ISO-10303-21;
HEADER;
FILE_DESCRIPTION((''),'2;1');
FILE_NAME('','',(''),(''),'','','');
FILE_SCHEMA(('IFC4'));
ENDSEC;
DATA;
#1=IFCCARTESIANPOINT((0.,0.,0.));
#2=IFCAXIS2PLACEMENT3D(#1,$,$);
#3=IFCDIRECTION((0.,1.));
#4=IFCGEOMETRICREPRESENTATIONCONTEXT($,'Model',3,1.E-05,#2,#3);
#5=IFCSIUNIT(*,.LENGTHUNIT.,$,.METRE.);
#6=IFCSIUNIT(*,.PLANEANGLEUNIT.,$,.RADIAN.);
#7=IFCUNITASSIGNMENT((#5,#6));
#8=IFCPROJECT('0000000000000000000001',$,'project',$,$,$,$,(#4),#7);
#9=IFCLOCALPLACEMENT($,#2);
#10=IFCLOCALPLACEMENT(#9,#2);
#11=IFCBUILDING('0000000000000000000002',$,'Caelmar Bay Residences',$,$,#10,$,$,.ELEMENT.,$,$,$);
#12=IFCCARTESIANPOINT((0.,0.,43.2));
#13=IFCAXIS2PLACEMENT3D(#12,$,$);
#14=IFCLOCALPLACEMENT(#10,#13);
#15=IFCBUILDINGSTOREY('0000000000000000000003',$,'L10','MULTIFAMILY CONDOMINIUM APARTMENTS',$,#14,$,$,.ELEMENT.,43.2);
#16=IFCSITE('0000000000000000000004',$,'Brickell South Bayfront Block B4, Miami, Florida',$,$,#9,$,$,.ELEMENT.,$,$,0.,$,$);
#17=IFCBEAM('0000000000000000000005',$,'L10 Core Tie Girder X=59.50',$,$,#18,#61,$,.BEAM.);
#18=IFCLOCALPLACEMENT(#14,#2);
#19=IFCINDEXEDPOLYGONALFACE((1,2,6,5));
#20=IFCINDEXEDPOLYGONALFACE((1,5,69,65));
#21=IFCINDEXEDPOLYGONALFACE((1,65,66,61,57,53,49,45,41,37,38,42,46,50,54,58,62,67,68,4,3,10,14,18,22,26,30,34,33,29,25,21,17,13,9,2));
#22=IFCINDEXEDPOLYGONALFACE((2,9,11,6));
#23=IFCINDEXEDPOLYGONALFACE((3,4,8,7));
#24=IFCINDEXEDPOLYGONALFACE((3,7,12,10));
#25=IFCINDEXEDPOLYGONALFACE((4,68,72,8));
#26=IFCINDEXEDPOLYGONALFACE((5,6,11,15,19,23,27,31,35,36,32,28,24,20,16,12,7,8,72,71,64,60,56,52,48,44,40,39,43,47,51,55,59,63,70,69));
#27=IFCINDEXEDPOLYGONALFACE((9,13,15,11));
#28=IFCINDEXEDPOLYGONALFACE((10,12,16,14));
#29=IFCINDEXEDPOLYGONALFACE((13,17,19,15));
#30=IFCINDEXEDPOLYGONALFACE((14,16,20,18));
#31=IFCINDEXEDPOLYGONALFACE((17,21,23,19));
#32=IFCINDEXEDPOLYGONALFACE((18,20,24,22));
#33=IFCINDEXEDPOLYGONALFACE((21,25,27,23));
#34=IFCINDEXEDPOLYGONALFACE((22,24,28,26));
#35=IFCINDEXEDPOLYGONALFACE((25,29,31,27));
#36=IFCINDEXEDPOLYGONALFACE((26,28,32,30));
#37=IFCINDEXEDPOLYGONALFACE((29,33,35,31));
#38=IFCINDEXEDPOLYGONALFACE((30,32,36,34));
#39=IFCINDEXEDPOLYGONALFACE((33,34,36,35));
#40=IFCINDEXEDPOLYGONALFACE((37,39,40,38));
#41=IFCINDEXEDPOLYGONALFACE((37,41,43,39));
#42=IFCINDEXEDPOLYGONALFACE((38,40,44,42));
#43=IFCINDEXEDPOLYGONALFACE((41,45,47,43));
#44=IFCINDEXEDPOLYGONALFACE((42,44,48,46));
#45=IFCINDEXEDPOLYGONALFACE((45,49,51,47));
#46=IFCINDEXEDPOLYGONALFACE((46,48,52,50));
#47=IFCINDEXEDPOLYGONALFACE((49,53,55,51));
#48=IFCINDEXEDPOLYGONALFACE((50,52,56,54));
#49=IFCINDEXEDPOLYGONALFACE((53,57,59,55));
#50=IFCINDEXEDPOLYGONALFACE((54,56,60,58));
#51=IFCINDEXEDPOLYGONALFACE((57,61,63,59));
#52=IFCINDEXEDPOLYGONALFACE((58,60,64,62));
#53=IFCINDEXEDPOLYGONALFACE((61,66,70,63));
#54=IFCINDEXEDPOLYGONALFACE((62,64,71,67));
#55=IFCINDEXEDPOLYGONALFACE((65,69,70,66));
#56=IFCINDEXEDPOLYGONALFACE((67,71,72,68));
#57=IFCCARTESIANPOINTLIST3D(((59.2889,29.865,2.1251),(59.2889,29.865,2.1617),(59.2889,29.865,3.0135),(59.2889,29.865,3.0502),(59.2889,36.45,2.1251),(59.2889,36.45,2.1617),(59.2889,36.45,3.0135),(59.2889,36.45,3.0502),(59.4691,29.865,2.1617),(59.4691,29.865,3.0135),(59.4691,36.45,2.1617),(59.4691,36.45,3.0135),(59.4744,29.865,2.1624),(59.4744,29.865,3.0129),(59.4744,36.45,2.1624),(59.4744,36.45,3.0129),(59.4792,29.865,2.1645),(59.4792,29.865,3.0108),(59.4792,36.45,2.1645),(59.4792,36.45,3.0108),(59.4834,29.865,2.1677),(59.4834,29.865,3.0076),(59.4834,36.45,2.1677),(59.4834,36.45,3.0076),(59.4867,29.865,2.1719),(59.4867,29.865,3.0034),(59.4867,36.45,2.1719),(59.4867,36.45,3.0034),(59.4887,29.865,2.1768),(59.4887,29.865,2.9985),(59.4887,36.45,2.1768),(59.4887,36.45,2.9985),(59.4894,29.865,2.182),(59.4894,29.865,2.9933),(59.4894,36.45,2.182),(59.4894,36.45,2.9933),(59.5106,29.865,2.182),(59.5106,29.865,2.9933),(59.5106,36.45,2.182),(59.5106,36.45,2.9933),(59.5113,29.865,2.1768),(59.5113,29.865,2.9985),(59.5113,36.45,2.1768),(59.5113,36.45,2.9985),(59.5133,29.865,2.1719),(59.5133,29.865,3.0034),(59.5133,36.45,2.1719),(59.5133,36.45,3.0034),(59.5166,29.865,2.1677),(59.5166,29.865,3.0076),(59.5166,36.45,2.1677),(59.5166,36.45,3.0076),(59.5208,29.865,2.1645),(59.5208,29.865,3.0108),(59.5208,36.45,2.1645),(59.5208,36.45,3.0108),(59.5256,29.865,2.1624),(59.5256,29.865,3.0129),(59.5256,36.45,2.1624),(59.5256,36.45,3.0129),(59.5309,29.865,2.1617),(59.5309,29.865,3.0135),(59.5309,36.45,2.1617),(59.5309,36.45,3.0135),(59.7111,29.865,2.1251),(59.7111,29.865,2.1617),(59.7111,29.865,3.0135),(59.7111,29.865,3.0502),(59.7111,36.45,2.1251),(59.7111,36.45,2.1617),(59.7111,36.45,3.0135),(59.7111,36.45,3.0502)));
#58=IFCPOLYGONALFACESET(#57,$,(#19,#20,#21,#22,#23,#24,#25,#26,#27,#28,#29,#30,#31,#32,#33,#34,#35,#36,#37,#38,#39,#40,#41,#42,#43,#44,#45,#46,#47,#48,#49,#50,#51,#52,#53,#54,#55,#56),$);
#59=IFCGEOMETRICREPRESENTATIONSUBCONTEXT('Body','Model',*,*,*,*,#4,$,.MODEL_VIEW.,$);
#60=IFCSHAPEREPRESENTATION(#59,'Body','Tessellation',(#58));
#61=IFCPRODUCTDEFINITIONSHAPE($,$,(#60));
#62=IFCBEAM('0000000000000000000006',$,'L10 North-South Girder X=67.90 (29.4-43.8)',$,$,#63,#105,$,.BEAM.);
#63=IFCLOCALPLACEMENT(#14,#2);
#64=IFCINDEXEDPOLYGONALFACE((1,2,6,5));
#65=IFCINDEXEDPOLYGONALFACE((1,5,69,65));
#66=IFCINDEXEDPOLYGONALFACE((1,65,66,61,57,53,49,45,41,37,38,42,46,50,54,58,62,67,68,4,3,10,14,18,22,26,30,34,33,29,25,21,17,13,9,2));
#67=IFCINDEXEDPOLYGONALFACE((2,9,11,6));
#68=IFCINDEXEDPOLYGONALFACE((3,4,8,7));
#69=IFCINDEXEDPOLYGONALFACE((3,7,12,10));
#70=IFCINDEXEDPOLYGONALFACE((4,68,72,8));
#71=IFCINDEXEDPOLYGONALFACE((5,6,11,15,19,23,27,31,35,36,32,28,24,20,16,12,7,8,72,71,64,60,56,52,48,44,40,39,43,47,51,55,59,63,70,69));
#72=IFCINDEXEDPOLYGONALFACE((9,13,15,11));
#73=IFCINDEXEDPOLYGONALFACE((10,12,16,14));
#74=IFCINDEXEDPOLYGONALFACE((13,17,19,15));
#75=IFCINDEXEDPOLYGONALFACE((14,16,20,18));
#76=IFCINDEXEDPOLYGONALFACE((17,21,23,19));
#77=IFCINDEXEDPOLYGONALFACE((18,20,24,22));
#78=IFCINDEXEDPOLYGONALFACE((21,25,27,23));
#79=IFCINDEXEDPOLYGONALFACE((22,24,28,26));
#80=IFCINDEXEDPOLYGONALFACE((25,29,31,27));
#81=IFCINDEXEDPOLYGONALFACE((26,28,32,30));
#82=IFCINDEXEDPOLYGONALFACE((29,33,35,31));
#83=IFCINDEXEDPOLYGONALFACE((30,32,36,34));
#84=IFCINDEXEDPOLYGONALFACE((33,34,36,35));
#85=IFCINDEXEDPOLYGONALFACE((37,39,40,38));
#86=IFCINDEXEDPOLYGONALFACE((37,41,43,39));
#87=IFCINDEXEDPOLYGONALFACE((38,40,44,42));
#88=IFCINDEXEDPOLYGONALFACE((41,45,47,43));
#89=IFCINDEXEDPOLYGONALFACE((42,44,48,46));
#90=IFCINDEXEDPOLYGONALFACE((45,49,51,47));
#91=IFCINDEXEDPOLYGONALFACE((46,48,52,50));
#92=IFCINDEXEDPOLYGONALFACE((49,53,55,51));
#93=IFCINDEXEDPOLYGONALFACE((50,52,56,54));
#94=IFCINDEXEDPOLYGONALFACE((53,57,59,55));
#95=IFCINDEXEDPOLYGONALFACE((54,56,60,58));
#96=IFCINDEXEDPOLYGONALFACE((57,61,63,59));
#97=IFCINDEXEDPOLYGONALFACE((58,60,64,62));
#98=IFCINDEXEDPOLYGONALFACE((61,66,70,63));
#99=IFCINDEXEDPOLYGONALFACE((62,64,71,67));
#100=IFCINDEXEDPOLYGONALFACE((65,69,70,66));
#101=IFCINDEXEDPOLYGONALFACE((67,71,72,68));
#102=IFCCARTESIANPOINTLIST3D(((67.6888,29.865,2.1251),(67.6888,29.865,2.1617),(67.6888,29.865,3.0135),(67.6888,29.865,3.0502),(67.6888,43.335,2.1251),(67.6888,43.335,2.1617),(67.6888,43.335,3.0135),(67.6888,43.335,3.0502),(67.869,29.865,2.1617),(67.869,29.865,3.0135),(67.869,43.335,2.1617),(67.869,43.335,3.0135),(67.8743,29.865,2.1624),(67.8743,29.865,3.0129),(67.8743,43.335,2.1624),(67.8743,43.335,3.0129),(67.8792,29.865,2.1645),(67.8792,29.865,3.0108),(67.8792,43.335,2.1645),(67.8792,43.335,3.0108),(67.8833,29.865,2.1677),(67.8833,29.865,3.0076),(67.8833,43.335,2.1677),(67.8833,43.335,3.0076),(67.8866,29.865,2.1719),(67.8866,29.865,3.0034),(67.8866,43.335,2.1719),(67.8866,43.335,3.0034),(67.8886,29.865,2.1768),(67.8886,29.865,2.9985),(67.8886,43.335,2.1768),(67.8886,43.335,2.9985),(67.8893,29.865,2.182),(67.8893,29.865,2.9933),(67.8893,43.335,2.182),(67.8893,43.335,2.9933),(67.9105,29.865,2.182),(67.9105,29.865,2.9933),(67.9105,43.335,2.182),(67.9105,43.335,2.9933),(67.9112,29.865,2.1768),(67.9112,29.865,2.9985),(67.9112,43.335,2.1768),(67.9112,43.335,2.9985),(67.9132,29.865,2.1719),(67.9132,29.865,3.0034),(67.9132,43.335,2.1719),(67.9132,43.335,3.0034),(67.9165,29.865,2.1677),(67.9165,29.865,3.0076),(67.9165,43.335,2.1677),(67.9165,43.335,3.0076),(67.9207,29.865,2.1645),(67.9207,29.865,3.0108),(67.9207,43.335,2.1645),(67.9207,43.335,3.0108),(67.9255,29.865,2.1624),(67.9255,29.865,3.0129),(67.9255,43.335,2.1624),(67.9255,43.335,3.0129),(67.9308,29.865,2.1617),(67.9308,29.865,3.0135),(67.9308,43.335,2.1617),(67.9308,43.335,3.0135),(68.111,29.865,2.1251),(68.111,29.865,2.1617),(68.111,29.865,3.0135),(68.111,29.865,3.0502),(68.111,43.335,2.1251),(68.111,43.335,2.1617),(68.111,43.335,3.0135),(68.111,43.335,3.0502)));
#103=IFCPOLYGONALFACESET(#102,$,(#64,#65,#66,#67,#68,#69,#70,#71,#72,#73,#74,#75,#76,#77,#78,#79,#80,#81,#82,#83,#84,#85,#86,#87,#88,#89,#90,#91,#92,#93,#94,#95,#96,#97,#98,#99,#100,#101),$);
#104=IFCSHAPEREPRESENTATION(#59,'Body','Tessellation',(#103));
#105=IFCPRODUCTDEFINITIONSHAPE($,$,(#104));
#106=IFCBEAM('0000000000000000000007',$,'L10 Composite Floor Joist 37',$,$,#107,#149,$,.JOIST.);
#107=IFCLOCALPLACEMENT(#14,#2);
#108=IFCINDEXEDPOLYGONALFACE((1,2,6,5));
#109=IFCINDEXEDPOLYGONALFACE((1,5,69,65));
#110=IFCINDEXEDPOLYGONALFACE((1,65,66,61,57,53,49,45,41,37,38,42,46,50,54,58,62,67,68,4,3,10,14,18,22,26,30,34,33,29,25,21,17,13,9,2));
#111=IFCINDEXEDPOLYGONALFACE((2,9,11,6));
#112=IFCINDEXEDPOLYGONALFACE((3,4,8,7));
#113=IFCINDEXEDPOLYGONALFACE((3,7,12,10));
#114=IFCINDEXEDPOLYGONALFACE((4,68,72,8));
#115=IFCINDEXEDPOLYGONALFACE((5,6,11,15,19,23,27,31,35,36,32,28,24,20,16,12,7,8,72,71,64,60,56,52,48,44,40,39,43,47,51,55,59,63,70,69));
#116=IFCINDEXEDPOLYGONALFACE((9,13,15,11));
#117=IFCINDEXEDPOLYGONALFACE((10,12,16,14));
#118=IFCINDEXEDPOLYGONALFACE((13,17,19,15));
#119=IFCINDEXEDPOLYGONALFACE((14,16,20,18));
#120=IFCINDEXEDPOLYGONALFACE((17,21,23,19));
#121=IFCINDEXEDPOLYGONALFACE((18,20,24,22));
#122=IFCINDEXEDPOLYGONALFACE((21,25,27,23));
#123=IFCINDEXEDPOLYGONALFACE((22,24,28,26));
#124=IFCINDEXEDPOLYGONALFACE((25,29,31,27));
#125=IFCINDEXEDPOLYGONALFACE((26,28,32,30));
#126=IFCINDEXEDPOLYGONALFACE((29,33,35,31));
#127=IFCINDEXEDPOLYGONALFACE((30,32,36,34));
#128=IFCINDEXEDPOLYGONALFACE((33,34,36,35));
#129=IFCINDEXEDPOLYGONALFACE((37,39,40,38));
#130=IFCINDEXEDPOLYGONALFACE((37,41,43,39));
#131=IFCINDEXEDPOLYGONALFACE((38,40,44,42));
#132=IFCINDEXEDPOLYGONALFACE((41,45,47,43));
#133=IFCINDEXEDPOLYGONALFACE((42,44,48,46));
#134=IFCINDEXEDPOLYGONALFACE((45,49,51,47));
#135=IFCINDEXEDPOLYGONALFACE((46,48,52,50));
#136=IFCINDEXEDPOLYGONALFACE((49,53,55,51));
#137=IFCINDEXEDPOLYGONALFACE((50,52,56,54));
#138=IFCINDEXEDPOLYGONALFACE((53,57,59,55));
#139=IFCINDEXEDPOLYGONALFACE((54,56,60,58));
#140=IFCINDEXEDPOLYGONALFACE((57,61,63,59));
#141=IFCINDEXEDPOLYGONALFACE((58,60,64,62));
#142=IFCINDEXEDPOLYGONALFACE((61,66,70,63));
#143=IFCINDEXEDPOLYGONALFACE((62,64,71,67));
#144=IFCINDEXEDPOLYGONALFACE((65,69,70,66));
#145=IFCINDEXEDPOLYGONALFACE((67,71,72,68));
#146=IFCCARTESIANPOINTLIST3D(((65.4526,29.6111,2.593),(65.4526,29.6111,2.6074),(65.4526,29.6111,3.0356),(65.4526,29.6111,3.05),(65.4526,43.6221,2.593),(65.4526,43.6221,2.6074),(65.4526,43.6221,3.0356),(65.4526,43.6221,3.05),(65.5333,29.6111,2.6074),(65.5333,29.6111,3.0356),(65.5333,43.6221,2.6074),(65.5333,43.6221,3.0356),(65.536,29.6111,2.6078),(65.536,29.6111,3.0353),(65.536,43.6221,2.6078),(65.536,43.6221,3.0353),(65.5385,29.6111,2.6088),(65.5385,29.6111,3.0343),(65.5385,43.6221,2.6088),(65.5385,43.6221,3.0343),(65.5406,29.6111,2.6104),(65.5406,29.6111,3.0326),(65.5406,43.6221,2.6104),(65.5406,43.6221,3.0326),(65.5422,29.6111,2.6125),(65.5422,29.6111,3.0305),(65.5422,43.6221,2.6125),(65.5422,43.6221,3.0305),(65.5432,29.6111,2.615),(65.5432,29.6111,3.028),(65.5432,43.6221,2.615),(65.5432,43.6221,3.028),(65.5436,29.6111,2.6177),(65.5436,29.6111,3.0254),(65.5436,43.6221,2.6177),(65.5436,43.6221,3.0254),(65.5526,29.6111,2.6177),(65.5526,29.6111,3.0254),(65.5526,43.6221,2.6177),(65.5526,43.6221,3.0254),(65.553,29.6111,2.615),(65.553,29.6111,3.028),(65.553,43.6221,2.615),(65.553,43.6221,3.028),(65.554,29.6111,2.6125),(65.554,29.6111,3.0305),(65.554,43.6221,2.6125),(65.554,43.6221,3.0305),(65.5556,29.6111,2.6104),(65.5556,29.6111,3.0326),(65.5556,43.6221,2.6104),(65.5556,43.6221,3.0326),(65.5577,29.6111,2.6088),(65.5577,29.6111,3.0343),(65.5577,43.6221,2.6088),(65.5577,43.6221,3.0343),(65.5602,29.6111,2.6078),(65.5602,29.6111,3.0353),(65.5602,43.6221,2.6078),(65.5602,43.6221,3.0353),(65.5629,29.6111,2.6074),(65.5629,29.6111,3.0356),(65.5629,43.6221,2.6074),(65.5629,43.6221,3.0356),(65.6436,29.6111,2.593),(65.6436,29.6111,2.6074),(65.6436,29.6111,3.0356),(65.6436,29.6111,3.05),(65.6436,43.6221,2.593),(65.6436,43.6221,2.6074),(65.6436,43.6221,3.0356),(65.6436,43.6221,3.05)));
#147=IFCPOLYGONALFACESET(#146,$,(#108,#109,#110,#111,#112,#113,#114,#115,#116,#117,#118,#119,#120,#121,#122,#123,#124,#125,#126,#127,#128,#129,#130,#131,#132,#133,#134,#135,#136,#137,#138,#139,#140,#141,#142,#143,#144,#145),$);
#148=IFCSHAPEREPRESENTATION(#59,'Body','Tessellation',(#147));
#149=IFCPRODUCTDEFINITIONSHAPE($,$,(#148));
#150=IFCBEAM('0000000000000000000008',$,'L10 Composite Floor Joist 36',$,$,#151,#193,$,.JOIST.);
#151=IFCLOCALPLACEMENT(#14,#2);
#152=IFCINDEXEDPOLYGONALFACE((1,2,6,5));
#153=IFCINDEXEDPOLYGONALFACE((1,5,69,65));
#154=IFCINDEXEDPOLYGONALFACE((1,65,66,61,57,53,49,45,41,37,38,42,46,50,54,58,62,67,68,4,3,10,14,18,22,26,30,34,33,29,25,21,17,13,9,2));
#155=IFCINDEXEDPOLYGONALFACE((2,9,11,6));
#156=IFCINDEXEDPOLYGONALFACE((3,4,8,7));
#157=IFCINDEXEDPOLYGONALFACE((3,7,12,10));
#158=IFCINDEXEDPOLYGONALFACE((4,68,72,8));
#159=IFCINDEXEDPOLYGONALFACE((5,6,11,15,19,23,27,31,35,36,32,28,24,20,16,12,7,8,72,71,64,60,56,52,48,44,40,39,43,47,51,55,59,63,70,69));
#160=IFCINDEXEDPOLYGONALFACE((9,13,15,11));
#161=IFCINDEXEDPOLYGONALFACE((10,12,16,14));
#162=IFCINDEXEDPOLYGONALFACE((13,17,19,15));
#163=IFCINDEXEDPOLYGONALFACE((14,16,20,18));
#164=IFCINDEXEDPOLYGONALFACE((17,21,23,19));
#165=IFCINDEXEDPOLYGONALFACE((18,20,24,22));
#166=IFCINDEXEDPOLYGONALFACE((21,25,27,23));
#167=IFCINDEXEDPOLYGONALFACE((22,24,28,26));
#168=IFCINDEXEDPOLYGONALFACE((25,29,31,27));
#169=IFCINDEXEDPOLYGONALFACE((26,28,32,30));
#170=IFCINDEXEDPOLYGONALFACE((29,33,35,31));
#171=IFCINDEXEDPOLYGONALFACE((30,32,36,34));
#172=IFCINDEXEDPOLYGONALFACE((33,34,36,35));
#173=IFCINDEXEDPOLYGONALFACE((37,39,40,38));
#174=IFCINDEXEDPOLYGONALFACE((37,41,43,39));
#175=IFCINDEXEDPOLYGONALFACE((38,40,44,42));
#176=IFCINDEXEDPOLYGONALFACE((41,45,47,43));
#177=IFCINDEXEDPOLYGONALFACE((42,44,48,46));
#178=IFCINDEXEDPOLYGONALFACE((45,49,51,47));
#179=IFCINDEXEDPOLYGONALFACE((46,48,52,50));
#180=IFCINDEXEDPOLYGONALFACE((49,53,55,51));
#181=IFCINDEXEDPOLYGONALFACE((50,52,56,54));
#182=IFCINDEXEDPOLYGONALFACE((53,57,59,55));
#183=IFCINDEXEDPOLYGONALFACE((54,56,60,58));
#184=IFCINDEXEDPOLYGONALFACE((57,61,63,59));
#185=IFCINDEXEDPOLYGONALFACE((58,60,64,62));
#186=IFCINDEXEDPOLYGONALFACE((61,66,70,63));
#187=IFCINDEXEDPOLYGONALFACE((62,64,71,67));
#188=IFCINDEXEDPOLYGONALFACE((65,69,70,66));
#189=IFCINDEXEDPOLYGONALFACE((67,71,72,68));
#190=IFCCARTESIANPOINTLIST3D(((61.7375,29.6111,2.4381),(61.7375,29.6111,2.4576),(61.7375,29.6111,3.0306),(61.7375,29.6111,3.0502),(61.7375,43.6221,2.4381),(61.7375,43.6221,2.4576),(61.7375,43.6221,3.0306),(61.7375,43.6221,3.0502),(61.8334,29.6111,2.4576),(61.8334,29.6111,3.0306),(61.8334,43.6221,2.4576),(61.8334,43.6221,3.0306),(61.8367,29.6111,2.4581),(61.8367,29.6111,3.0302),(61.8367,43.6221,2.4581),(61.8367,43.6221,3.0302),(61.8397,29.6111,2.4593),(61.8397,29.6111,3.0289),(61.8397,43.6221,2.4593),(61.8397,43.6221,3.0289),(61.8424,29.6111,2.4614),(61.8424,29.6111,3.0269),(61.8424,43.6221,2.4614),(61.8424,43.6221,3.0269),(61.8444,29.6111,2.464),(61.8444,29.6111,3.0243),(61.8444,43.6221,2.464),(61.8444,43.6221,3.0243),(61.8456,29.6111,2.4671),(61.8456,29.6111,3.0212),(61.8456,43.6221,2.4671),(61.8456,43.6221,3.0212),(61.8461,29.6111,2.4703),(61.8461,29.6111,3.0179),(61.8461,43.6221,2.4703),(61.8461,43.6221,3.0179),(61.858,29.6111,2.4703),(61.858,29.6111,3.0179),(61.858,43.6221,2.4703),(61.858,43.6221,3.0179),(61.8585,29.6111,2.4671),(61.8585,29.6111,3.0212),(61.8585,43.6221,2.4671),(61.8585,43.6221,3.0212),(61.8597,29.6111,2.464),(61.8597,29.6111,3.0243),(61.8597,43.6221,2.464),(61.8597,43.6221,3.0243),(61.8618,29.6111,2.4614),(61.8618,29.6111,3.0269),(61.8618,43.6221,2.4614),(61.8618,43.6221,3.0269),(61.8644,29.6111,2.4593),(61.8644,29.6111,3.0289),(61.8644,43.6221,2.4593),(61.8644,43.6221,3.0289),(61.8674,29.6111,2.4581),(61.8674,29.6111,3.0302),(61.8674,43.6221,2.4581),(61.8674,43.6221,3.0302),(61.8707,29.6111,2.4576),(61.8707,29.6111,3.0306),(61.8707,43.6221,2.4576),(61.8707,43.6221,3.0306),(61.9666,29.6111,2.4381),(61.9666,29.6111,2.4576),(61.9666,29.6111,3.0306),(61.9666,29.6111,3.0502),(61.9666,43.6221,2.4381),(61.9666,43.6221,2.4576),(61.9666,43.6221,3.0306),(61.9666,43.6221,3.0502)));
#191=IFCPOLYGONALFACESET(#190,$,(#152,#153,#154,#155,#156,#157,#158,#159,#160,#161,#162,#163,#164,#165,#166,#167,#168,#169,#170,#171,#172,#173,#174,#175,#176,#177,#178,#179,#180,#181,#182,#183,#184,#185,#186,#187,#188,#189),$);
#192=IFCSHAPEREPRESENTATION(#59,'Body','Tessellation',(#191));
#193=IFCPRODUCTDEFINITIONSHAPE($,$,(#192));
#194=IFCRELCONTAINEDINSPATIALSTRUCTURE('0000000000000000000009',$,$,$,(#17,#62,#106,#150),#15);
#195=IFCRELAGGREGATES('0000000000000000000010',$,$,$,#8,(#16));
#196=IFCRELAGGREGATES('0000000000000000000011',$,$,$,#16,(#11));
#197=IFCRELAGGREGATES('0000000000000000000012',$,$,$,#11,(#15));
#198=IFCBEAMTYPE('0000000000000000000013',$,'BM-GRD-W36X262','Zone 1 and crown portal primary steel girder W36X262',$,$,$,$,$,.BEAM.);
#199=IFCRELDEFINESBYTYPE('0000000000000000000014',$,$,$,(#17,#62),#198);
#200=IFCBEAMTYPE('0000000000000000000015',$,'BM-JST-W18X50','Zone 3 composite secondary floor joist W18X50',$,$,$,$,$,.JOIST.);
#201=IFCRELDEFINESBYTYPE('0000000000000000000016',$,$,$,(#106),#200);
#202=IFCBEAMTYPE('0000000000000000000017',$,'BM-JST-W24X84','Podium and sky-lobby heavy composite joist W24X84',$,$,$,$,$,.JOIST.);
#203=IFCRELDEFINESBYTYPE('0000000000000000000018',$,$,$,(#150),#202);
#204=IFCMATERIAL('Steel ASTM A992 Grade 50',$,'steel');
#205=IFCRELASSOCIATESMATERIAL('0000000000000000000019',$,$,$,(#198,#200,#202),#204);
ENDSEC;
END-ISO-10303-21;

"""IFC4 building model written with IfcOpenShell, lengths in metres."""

from ifc_helpers import new_model, si_unit, direction, frame, origin, origin_2d, place, context, subcontext, project, spatial, i_section, extrude, material, material_profile, profile_set, type_object, element, save


model = new_model("IFC4")

# Units and contexts
model_context = context("Model", 3, precision=1e-05, world=origin(), true_north=direction((0.0, 1.0)))
body_context = subcontext(model_context, "Body", "Model", "MODEL_VIEW")
ifc_project = project(units=[si_unit("LENGTHUNIT", "METRE"), si_unit("PLANEANGLEUNIT", "RADIAN")], contexts=[model_context])

# Site, building, storey
site_placement = place(None, origin())
site = spatial("IfcSite", under=ifc_project, at=site_placement, Name="Brickell South Bayfront Block B4, Miami, Florida", CompositionType="ELEMENT", RefElevation=0.0)
building_placement = place(site_placement, origin())
building = spatial("IfcBuilding", under=site, at=building_placement, Name="Caelmar Bay Residences", CompositionType="ELEMENT")
storey_placement = place(building_placement, frame((0.0, 0.0, 43.2)))
storey = spatial("IfcBuildingStorey", under=building, at=storey_placement, Name="L10", Description="MULTIFAMILY CONDOMINIUM APARTMENTS", CompositionType="ELEMENT", Elevation=43.2)

# Beams
ifc_material_1 = material(Name="Steel ASTM A992 Grade 50", Category="steel")
ifc_material_profile_1 = material_profile(ifc_material_1, i_section(OverallWidth=0.4221, OverallDepth=0.925, WebThickness=0.0212, FlangeThickness=0.0366, FilletRadius=0.0203, at=origin_2d()), Name="W36X262")
ifc_profile_set_1 = profile_set([ifc_material_profile_1], Name="Steel ASTM A992 Grade 50")
beam_type_1 = type_object("IfcBeamType", Name="BM-GRD-W36X262", Description="Zone 1 and crown portal primary steel girder W36X262", PredefinedType="BEAM", material=ifc_profile_set_1)
beam_1_placement = place(storey_placement, frame((59.5, 29.865, 2.5876), z_axis=(0.0, 1.0, 0.0), x_axis=(-1.0, 0.0, 0.0)))
element("IfcBeam", 1, at=beam_1_placement, inside=storey, type_object=beam_type_1, Name="L10 Core Tie Girder X=59.50", PredefinedType="BEAM", context=body_context, shape_type="SweptSolid", body=[
    extrude(i_section(OverallWidth=0.4221, OverallDepth=0.925, WebThickness=0.0212, FlangeThickness=0.0366, FilletRadius=0.0203, at=origin_2d()), origin(), (0.0, 0.0, 1.0), 6.585),
])
beam_2_placement = place(storey_placement, frame((67.8999, 29.865, 2.5876), z_axis=(0.0, 1.0, 0.0), x_axis=(-1.0, 0.0, 0.0)))
element("IfcBeam", 2, at=beam_2_placement, inside=storey, type_object=beam_type_1, Name="L10 North-South Girder X=67.90 (29.4-43.8)", PredefinedType="BEAM", context=body_context, shape_type="SweptSolid", body=[
    extrude(i_section(OverallWidth=0.4221, OverallDepth=0.925, WebThickness=0.0212, FlangeThickness=0.0366, FilletRadius=0.0203, at=origin_2d()), origin(), (0.0, 0.0, 1.0), 13.47),
])
ifc_material_profile_2 = material_profile(ifc_material_1, i_section(OverallWidth=0.1909, OverallDepth=0.457, WebThickness=0.009, FlangeThickness=0.0144, FilletRadius=0.0103, at=origin_2d()), Name="W18X50")
ifc_profile_set_2 = profile_set([ifc_material_profile_2], Name="Steel ASTM A992 Grade 50")
beam_type_2 = type_object("IfcBeamType", Name="BM-JST-W18X50", Description="Zone 3 composite secondary floor joist W18X50", PredefinedType="JOIST", material=ifc_profile_set_2)
beam_3_placement = place(storey_placement, frame((65.5481, 29.6111, 2.8215), z_axis=(0.0, 1.0, 0.0), x_axis=(-1.0, 0.0, 0.0)))
element("IfcBeam", 3, at=beam_3_placement, inside=storey, type_object=beam_type_2, Name="L10 Composite Floor Joist 37", PredefinedType="JOIST", context=body_context, shape_type="SweptSolid", body=[
    extrude(i_section(OverallWidth=0.1909, OverallDepth=0.457, WebThickness=0.009, FlangeThickness=0.0144, FilletRadius=0.0103, at=origin_2d()), origin(), (0.0, 0.0, 1.0), 14.011),
])
ifc_material_profile_3 = material_profile(ifc_material_1, i_section(OverallWidth=0.229, OverallDepth=0.6121, WebThickness=0.012, FlangeThickness=0.0195, FilletRadius=0.0127, at=origin_2d()), Name="W24X84")
ifc_profile_set_3 = profile_set([ifc_material_profile_3], Name="Steel ASTM A992 Grade 50")
beam_type_3 = type_object("IfcBeamType", Name="BM-JST-W24X84", Description="Podium and sky-lobby heavy composite joist W24X84", PredefinedType="JOIST", material=ifc_profile_set_3)
beam_4_placement = place(storey_placement, frame((61.8521, 29.6111, 2.7441), z_axis=(0.0, 1.0, 0.0), x_axis=(-1.0, 0.0, 0.0)))
element("IfcBeam", 4, at=beam_4_placement, inside=storey, type_object=beam_type_3, Name="L10 Composite Floor Joist 36", PredefinedType="JOIST", context=body_context, shape_type="SweptSolid", body=[
    extrude(i_section(OverallWidth=0.229, OverallDepth=0.6121, WebThickness=0.012, FlangeThickness=0.0195, FilletRadius=0.0127, at=origin_2d()), origin(), (0.0, 0.0, 1.0), 14.011),
])

save(model, "model.ifc")
